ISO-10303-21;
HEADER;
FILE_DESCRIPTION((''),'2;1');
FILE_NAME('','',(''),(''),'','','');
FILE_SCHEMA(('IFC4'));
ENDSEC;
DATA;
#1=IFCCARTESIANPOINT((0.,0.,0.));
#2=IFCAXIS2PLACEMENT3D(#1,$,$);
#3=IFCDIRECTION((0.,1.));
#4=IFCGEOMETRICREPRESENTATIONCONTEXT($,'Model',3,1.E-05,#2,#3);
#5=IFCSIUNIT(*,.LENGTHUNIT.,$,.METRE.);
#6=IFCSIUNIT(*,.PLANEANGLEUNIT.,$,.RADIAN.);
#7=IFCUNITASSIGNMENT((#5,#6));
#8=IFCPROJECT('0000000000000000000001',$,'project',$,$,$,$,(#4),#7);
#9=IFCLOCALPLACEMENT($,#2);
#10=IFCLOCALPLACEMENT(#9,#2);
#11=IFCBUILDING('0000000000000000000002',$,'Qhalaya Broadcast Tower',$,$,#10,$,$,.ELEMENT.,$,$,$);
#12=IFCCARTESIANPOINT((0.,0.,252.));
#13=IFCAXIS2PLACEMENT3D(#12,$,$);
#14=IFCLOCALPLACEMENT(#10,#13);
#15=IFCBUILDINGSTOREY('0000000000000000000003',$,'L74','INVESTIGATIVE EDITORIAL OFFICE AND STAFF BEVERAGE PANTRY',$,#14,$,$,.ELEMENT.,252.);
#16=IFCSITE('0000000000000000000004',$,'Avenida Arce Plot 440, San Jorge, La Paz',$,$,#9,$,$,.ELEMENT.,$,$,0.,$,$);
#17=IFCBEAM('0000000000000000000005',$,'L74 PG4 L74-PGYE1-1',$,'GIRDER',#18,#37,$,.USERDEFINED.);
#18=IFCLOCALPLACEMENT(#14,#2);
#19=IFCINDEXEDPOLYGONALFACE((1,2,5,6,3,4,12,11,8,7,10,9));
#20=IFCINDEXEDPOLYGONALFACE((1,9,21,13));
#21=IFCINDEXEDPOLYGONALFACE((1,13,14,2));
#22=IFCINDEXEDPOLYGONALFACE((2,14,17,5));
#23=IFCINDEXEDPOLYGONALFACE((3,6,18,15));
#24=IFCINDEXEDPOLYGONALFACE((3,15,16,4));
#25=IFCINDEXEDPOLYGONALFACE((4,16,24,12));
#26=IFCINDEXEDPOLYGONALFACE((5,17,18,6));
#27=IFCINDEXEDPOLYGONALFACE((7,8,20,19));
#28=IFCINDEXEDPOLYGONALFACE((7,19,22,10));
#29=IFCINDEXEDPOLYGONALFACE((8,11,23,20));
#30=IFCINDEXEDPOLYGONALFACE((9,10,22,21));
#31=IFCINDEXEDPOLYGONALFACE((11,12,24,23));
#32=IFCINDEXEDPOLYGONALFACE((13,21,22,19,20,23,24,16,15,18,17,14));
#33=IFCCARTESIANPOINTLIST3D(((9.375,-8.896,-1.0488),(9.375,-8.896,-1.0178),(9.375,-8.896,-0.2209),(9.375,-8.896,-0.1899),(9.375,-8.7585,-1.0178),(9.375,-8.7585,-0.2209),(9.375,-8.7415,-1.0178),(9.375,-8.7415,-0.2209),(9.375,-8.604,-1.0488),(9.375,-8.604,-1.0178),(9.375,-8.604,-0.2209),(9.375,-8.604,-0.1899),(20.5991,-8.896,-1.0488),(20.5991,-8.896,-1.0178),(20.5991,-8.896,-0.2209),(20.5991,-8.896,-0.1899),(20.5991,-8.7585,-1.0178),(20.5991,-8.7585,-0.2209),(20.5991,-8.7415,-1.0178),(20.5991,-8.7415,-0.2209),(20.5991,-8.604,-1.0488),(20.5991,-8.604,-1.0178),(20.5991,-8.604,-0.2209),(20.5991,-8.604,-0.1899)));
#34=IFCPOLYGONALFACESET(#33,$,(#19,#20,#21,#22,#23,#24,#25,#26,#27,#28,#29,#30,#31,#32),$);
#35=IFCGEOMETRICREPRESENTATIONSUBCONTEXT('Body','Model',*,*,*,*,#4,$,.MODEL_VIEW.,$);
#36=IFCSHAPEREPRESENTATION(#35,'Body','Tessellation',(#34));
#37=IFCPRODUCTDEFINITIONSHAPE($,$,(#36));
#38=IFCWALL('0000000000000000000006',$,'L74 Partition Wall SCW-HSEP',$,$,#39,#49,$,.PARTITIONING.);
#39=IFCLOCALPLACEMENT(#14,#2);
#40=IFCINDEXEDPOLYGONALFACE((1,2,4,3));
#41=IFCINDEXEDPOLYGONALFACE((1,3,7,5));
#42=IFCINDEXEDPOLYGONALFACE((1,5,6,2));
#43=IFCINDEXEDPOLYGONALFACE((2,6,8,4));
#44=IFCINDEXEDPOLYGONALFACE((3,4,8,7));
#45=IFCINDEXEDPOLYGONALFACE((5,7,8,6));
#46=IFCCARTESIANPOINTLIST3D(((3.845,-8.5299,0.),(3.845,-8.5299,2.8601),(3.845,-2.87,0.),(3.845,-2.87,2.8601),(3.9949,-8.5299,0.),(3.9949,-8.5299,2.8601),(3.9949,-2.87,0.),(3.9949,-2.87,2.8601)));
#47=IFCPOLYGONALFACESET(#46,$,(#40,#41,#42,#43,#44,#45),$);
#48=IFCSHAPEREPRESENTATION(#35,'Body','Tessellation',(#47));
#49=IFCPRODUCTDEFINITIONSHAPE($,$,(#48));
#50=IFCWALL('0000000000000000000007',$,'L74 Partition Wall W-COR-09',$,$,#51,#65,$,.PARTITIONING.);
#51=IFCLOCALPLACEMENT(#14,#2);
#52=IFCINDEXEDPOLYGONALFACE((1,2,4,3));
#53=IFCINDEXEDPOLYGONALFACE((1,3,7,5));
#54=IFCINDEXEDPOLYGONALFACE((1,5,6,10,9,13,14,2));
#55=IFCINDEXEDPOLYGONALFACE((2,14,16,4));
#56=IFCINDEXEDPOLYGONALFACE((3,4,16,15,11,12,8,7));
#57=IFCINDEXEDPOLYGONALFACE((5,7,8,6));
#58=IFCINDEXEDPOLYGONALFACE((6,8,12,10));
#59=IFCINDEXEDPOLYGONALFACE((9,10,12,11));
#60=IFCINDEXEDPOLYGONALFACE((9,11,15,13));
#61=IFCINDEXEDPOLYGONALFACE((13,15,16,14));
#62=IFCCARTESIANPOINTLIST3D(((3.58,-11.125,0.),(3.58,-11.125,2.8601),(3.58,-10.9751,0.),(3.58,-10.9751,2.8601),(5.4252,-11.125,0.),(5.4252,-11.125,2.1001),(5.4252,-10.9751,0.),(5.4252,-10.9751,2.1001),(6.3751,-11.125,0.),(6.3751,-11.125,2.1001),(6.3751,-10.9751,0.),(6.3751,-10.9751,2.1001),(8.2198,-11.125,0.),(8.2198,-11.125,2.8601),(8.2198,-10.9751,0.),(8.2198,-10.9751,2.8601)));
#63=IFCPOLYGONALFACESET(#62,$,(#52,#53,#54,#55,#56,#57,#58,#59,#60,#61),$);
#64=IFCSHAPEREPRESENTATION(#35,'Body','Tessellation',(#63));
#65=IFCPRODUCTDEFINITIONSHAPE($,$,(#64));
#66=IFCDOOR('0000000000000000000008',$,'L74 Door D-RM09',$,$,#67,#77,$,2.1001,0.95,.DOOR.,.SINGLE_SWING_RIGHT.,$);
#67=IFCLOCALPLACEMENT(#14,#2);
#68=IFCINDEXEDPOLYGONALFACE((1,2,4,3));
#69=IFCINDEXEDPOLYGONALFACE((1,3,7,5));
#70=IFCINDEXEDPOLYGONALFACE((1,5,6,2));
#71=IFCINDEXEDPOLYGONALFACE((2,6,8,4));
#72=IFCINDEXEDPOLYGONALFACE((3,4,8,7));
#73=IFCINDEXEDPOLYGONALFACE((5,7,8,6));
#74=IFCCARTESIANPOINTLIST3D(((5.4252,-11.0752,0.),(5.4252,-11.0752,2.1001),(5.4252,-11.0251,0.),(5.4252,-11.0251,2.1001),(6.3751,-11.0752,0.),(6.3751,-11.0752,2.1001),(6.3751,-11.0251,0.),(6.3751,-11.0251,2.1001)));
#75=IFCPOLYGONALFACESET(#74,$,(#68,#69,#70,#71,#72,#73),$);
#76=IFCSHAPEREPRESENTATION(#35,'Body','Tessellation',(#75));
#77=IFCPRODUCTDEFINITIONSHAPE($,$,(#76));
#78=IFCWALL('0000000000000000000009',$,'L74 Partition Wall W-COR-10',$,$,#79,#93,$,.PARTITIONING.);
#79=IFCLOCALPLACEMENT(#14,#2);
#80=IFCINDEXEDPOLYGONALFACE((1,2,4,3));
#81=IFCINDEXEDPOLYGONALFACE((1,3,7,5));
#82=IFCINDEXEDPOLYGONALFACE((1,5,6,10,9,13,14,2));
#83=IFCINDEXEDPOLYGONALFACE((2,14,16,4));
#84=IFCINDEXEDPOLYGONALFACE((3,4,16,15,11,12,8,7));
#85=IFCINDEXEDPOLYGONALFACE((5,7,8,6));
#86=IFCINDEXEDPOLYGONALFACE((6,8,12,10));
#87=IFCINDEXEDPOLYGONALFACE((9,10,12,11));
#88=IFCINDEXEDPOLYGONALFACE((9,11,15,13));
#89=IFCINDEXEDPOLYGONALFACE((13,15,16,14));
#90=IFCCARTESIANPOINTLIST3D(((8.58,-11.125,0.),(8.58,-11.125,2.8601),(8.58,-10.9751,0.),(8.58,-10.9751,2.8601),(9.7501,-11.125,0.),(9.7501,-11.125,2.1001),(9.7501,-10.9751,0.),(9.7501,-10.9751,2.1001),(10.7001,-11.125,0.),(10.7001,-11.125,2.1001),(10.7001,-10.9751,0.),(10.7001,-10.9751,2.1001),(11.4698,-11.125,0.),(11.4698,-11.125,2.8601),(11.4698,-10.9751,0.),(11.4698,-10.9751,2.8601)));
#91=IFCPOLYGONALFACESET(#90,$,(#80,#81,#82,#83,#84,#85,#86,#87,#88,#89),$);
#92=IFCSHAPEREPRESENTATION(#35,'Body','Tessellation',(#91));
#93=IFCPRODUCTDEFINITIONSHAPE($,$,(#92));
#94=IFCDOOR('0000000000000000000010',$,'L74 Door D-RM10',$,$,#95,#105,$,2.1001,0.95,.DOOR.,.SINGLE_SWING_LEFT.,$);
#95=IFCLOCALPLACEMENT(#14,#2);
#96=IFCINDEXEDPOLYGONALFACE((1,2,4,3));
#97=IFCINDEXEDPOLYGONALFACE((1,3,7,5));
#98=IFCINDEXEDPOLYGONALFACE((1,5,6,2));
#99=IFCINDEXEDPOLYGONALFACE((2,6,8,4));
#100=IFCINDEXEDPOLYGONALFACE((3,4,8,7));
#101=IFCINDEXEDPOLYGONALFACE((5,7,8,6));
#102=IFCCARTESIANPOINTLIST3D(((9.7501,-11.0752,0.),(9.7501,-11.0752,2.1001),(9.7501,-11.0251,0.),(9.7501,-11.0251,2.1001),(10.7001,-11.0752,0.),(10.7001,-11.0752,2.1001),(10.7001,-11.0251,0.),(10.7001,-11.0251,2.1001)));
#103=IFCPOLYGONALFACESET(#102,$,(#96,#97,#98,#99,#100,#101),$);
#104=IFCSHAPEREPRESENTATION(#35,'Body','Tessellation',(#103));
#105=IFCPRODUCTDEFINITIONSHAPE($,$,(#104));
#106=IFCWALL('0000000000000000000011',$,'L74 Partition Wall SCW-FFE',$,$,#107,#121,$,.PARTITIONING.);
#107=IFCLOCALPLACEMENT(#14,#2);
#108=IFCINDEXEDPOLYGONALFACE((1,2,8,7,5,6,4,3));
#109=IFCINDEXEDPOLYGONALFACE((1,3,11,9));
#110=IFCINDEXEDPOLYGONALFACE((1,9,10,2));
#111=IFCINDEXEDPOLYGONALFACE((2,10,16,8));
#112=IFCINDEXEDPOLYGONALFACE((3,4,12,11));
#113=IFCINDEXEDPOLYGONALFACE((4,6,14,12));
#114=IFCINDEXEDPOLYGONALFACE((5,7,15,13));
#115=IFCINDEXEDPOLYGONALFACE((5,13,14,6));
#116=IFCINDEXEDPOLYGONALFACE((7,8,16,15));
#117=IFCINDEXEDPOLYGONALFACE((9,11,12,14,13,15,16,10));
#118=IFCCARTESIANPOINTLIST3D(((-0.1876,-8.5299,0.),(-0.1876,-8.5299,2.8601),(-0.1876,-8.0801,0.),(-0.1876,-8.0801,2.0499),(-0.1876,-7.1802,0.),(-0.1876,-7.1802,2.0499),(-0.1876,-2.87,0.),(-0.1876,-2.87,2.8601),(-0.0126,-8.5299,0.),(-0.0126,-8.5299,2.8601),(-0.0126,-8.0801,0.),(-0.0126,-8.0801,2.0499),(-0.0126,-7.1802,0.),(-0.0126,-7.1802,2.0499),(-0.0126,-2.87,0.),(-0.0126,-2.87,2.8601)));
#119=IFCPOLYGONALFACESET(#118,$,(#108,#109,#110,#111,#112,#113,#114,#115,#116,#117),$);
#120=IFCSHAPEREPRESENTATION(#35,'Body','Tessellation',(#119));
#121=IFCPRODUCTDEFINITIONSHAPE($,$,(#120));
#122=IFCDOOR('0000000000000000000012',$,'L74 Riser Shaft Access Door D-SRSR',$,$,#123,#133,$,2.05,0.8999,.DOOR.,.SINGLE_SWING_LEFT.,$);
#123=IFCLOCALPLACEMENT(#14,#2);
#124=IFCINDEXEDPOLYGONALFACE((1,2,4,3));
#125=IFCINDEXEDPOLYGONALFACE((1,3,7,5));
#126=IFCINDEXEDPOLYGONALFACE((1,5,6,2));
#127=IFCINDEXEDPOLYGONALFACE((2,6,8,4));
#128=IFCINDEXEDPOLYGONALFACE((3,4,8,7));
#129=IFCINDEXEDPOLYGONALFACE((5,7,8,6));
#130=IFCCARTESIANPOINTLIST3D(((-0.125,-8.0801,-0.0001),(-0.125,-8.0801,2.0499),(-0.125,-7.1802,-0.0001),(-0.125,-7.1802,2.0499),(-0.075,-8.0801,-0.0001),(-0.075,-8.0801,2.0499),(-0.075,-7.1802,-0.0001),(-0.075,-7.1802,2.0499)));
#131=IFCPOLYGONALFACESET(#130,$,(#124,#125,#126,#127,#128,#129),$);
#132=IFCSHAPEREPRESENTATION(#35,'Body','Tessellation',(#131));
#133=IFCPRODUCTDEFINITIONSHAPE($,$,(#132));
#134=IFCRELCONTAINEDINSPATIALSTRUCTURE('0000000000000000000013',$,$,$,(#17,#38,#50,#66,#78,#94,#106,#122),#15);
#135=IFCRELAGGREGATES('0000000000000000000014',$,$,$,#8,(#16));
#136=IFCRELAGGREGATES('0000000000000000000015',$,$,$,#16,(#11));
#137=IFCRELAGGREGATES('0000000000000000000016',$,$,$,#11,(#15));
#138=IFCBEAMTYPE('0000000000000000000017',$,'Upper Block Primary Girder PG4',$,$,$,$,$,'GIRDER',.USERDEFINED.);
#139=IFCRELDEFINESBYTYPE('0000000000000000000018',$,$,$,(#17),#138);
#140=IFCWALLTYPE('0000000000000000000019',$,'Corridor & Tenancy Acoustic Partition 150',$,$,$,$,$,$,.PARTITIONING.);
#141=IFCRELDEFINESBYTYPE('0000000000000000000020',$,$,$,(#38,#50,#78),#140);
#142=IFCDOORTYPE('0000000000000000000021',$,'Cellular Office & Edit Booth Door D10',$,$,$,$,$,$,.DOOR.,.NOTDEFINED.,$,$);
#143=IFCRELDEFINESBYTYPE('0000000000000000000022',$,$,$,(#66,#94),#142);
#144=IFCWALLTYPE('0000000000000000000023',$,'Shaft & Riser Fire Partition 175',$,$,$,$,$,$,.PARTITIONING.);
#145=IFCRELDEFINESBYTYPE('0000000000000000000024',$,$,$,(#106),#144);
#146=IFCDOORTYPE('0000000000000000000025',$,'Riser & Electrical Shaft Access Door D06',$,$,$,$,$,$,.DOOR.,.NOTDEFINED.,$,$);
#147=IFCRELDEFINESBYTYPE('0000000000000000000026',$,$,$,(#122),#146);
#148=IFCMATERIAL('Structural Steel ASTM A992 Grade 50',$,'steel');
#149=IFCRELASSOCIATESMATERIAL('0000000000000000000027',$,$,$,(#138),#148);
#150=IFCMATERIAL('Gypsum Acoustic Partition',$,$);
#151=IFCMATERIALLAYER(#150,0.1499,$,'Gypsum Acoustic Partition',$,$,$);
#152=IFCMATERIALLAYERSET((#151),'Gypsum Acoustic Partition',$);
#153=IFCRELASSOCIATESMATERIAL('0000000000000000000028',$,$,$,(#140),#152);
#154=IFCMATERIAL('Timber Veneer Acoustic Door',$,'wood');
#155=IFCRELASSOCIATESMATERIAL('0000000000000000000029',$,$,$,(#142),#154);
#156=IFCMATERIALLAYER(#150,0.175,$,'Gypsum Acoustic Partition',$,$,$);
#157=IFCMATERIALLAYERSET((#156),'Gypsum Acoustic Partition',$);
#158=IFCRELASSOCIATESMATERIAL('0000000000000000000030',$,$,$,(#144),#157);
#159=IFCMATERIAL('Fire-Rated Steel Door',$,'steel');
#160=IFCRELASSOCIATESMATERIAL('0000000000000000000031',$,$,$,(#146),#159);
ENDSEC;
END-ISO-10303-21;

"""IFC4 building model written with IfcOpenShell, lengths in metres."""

from ifc_helpers import new_model, si_unit, direction, frame, frame_2d, origin, origin_2d, place, context, subcontext, project, spatial, rectangle, i_section, extrude, material, layer, layer_set, material_profile, profile_set, type_object, element, fill, save


model = new_model("IFC4")

# Units and contexts
model_context = context("Model", 3, precision=1e-05, world=origin(), true_north=direction((0.0, 1.0)))
body_context = subcontext(model_context, "Body", "Model", "MODEL_VIEW")
ifc_project = project(units=[si_unit("LENGTHUNIT", "METRE"), si_unit("PLANEANGLEUNIT", "RADIAN")], contexts=[model_context])

# Site, building, storey
site_placement = place(None, origin())
site = spatial("IfcSite", under=ifc_project, at=site_placement, Name="Avenida Arce Plot 440, San Jorge, La Paz", CompositionType="ELEMENT", RefElevation=0.0)
building_placement = place(site_placement, origin())
building = spatial("IfcBuilding", under=site, at=building_placement, Name="Qhalaya Broadcast Tower", CompositionType="ELEMENT")
storey_placement = place(building_placement, frame((0.0, 0.0, 252.0)))
storey = spatial("IfcBuildingStorey", under=building, at=storey_placement, Name="L74", Description="INVESTIGATIVE EDITORIAL OFFICE AND STAFF BEVERAGE PANTRY", CompositionType="ELEMENT", Elevation=252.0)

# Beam
ifc_material_1 = material(Name="Structural Steel ASTM A992 Grade 50", Category="steel")
ifc_material_profile_1 = material_profile(ifc_material_1, i_section(OverallWidth=0.292, OverallDepth=0.8589, WebThickness=0.0171, FlangeThickness=0.031, at=origin_2d()), Name="W33X169")
ifc_profile_set_1 = profile_set([ifc_material_profile_1], Name="Structural Steel ASTM A992 Grade 50")
beam_type_1 = type_object("IfcBeamType", Name="Upper Block Primary Girder PG4", ElementType="GIRDER", PredefinedType="USERDEFINED", material=ifc_profile_set_1)
beam_1_placement = place(storey_placement, frame((9.375, -8.75, -0.6194), z_axis=(1.0, 0.0, 0.0), x_axis=(0.0, 1.0, 0.0)))
element("IfcBeam", 1, at=beam_1_placement, inside=storey, type_object=beam_type_1, Name="L74 PG4 L74-PGYE1-1", ObjectType="GIRDER", PredefinedType="USERDEFINED", context=body_context, shape_type="SweptSolid", body=[
    extrude(i_section(OverallWidth=0.292, OverallDepth=0.8589, WebThickness=0.0171, FlangeThickness=0.031, at=origin_2d()), origin(), (0.0, 0.0, 1.0), 11.2241),
])

# Wall
ifc_material_2 = material(Name="Gypsum Acoustic Partition")
ifc_layer_1 = layer(ifc_material_2, 0.1499, Name="Gypsum Acoustic Partition")
ifc_layer_set_1 = layer_set([ifc_layer_1], Name="Gypsum Acoustic Partition")
wall_type_1 = type_object("IfcWallType", Name="Corridor & Tenancy Acoustic Partition 150", PredefinedType="PARTITIONING", material=ifc_layer_set_1)
wall_1_placement = place(storey_placement, frame((3.9199, -8.53, 0.0), z_axis=(0.0, 0.0, 1.0), x_axis=(0.0, 1.0, 0.0)))
element("IfcWall", 2, at=wall_1_placement, inside=storey, type_object=wall_type_1, Name="L74 Partition Wall SCW-HSEP", PredefinedType="PARTITIONING", context=body_context, shape_type="SweptSolid", body=[
    extrude(rectangle(XDim=5.6599, YDim=0.1499, at=frame_2d((2.8301, 0.0))), origin(), (0.0, 0.0, 1.0), 2.8601),
])

# Walls, openings, doors
wall_2_placement = place(storey_placement, frame((3.5801, -11.05, 0.0), z_axis=(0.0, 0.0, 1.0), x_axis=(1.0, 0.0, 0.0)))
wall_2 = element("IfcWall", 3, at=wall_2_placement, inside=storey, type_object=wall_type_1, Name="L74 Partition Wall W-COR-09", PredefinedType="PARTITIONING", context=body_context, shape_type="SweptSolid", body=[
    extrude(rectangle(XDim=4.6399, YDim=0.1499, at=frame_2d((2.3198, 0.0))), origin(), (0.0, 0.0, 1.0), 2.8601),
])
opening_1_placement = place(wall_2_placement, frame((1.845, 0.0, 0.0)))
opening_1 = element("IfcOpeningElement", 4, at=opening_1_placement, cuts=wall_2, PredefinedType="OPENING", context=body_context, shape_type="SweptSolid", body=[
    extrude(rectangle(XDim=0.95, YDim=2.1001, at=frame_2d((0.4751, 1.05))), frame((0.0, 0.0869, 0.0), z_axis=(0.0, -1.0, 0.0), x_axis=(1.0, 0.0, 0.0)), (0.0, 0.0, 1.0), 0.1738),
])
ifc_material_3 = material(Name="Timber Veneer Acoustic Door", Category="wood")
door_type_1 = type_object("IfcDoorType", Name="Cellular Office & Edit Booth Door D10", OperationType="NOTDEFINED", PredefinedType="DOOR", material=ifc_material_3)
door_1_placement = place(opening_1_placement, origin())
door_1 = element("IfcDoor", 5, at=door_1_placement, inside=storey, type_object=door_type_1, Name="L74 Door D-RM09", OperationType="SINGLE_SWING_RIGHT", OverallHeight=2.1001, OverallWidth=0.95, PredefinedType="DOOR", context=body_context, shape_type="SweptSolid", body=[
    extrude(rectangle(XDim=0.95, YDim=2.1001, at=frame_2d((0.4751, 1.05))), frame((0.0, 0.0249, 0.0), z_axis=(0.0, -1.0, 0.0), x_axis=(1.0, 0.0, 0.0)), (0.0, 0.0, 1.0), 0.05),
])
fill(opening_1, door_1)
wall_3_placement = place(storey_placement, frame((8.5801, -11.05, 0.0), z_axis=(0.0, 0.0, 1.0), x_axis=(1.0, 0.0, 0.0)))
wall_3 = element("IfcWall", 6, at=wall_3_placement, inside=storey, type_object=wall_type_1, Name="L74 Partition Wall W-COR-10", PredefinedType="PARTITIONING", context=body_context, shape_type="SweptSolid", body=[
    extrude(rectangle(XDim=2.8899, YDim=0.1499, at=frame_2d((1.4448, 0.0))), origin(), (0.0, 0.0, 1.0), 2.8601),
])
opening_2_placement = place(wall_3_placement, frame((1.1699, 0.0, 0.0)))
opening_2 = element("IfcOpeningElement", 7, at=opening_2_placement, cuts=wall_3, PredefinedType="OPENING", context=body_context, shape_type="SweptSolid", body=[
    extrude(rectangle(XDim=0.95, YDim=2.1001, at=frame_2d((0.4751, 1.05))), frame((0.0, 0.0869, 0.0), z_axis=(0.0, -1.0, 0.0), x_axis=(1.0, 0.0, 0.0)), (0.0, 0.0, 1.0), 0.1738),
])
door_2_placement = place(opening_2_placement, origin())
door_2 = element("IfcDoor", 8, at=door_2_placement, inside=storey, type_object=door_type_1, Name="L74 Door D-RM10", OperationType="SINGLE_SWING_LEFT", OverallHeight=2.1001, OverallWidth=0.95, PredefinedType="DOOR", context=body_context, shape_type="SweptSolid", body=[
    extrude(rectangle(XDim=0.95, YDim=2.1001, at=frame_2d((0.4751, 1.05))), frame((0.0, 0.0249, 0.0), z_axis=(0.0, -1.0, 0.0), x_axis=(1.0, 0.0, 0.0)), (0.0, 0.0, 1.0), 0.05),
])
fill(opening_2, door_2)

# Wall, opening, door
ifc_layer_2 = layer(ifc_material_2, 0.175, Name="Gypsum Acoustic Partition")
ifc_layer_set_2 = layer_set([ifc_layer_2], Name="Gypsum Acoustic Partition")
wall_type_2 = type_object("IfcWallType", Name="Shaft & Riser Fire Partition 175", PredefinedType="PARTITIONING", material=ifc_layer_set_2)
wall_4_placement = place(storey_placement, frame((-0.1001, -8.53, 0.0), z_axis=(0.0, 0.0, 1.0), x_axis=(0.0, 1.0, 0.0)))
wall_4 = element("IfcWall", 9, at=wall_4_placement, inside=storey, type_object=wall_type_2, Name="L74 Partition Wall SCW-FFE", PredefinedType="PARTITIONING", context=body_context, shape_type="SweptSolid", body=[
    extrude(rectangle(XDim=5.6599, YDim=0.175, at=frame_2d((2.8301, 0.0))), origin(), (0.0, 0.0, 1.0), 2.8601),
])
opening_3_placement = place(wall_4_placement, frame((0.45, 0.0, 0.0)))
opening_3 = element("IfcOpeningElement", 10, at=opening_3_placement, cuts=wall_4, PredefinedType="OPENING", context=body_context, shape_type="SweptSolid", body=[
    extrude(rectangle(XDim=0.8999, YDim=2.05, at=frame_2d((0.45, 1.0249))), frame((0.0, 0.0996, 0.0), z_axis=(0.0, -1.0, 0.0), x_axis=(1.0, 0.0, 0.0)), (0.0, 0.0, 1.0), 0.199),
])
ifc_material_4 = material(Name="Fire-Rated Steel Door", Category="steel")
door_type_2 = type_object("IfcDoorType", Name="Riser & Electrical Shaft Access Door D06", OperationType="NOTDEFINED", PredefinedType="DOOR", material=ifc_material_4)
door_3_placement = place(opening_3_placement, origin())
door_3 = element("IfcDoor", 11, at=door_3_placement, inside=storey, type_object=door_type_2, Name="L74 Riser Shaft Access Door D-SRSR", OperationType="SINGLE_SWING_LEFT", OverallHeight=2.05, OverallWidth=0.8999, PredefinedType="DOOR", context=body_context, shape_type="SweptSolid", body=[
    extrude(rectangle(XDim=0.8999, YDim=2.05, at=frame_2d((0.45, 1.0249))), frame((0.0, 0.0249, 0.0), z_axis=(0.0, -1.0, 0.0), x_axis=(1.0, 0.0, 0.0)), (0.0, 0.0, 1.0), 0.05),
])
fill(opening_3, door_3)

save(model, "model.ifc")
